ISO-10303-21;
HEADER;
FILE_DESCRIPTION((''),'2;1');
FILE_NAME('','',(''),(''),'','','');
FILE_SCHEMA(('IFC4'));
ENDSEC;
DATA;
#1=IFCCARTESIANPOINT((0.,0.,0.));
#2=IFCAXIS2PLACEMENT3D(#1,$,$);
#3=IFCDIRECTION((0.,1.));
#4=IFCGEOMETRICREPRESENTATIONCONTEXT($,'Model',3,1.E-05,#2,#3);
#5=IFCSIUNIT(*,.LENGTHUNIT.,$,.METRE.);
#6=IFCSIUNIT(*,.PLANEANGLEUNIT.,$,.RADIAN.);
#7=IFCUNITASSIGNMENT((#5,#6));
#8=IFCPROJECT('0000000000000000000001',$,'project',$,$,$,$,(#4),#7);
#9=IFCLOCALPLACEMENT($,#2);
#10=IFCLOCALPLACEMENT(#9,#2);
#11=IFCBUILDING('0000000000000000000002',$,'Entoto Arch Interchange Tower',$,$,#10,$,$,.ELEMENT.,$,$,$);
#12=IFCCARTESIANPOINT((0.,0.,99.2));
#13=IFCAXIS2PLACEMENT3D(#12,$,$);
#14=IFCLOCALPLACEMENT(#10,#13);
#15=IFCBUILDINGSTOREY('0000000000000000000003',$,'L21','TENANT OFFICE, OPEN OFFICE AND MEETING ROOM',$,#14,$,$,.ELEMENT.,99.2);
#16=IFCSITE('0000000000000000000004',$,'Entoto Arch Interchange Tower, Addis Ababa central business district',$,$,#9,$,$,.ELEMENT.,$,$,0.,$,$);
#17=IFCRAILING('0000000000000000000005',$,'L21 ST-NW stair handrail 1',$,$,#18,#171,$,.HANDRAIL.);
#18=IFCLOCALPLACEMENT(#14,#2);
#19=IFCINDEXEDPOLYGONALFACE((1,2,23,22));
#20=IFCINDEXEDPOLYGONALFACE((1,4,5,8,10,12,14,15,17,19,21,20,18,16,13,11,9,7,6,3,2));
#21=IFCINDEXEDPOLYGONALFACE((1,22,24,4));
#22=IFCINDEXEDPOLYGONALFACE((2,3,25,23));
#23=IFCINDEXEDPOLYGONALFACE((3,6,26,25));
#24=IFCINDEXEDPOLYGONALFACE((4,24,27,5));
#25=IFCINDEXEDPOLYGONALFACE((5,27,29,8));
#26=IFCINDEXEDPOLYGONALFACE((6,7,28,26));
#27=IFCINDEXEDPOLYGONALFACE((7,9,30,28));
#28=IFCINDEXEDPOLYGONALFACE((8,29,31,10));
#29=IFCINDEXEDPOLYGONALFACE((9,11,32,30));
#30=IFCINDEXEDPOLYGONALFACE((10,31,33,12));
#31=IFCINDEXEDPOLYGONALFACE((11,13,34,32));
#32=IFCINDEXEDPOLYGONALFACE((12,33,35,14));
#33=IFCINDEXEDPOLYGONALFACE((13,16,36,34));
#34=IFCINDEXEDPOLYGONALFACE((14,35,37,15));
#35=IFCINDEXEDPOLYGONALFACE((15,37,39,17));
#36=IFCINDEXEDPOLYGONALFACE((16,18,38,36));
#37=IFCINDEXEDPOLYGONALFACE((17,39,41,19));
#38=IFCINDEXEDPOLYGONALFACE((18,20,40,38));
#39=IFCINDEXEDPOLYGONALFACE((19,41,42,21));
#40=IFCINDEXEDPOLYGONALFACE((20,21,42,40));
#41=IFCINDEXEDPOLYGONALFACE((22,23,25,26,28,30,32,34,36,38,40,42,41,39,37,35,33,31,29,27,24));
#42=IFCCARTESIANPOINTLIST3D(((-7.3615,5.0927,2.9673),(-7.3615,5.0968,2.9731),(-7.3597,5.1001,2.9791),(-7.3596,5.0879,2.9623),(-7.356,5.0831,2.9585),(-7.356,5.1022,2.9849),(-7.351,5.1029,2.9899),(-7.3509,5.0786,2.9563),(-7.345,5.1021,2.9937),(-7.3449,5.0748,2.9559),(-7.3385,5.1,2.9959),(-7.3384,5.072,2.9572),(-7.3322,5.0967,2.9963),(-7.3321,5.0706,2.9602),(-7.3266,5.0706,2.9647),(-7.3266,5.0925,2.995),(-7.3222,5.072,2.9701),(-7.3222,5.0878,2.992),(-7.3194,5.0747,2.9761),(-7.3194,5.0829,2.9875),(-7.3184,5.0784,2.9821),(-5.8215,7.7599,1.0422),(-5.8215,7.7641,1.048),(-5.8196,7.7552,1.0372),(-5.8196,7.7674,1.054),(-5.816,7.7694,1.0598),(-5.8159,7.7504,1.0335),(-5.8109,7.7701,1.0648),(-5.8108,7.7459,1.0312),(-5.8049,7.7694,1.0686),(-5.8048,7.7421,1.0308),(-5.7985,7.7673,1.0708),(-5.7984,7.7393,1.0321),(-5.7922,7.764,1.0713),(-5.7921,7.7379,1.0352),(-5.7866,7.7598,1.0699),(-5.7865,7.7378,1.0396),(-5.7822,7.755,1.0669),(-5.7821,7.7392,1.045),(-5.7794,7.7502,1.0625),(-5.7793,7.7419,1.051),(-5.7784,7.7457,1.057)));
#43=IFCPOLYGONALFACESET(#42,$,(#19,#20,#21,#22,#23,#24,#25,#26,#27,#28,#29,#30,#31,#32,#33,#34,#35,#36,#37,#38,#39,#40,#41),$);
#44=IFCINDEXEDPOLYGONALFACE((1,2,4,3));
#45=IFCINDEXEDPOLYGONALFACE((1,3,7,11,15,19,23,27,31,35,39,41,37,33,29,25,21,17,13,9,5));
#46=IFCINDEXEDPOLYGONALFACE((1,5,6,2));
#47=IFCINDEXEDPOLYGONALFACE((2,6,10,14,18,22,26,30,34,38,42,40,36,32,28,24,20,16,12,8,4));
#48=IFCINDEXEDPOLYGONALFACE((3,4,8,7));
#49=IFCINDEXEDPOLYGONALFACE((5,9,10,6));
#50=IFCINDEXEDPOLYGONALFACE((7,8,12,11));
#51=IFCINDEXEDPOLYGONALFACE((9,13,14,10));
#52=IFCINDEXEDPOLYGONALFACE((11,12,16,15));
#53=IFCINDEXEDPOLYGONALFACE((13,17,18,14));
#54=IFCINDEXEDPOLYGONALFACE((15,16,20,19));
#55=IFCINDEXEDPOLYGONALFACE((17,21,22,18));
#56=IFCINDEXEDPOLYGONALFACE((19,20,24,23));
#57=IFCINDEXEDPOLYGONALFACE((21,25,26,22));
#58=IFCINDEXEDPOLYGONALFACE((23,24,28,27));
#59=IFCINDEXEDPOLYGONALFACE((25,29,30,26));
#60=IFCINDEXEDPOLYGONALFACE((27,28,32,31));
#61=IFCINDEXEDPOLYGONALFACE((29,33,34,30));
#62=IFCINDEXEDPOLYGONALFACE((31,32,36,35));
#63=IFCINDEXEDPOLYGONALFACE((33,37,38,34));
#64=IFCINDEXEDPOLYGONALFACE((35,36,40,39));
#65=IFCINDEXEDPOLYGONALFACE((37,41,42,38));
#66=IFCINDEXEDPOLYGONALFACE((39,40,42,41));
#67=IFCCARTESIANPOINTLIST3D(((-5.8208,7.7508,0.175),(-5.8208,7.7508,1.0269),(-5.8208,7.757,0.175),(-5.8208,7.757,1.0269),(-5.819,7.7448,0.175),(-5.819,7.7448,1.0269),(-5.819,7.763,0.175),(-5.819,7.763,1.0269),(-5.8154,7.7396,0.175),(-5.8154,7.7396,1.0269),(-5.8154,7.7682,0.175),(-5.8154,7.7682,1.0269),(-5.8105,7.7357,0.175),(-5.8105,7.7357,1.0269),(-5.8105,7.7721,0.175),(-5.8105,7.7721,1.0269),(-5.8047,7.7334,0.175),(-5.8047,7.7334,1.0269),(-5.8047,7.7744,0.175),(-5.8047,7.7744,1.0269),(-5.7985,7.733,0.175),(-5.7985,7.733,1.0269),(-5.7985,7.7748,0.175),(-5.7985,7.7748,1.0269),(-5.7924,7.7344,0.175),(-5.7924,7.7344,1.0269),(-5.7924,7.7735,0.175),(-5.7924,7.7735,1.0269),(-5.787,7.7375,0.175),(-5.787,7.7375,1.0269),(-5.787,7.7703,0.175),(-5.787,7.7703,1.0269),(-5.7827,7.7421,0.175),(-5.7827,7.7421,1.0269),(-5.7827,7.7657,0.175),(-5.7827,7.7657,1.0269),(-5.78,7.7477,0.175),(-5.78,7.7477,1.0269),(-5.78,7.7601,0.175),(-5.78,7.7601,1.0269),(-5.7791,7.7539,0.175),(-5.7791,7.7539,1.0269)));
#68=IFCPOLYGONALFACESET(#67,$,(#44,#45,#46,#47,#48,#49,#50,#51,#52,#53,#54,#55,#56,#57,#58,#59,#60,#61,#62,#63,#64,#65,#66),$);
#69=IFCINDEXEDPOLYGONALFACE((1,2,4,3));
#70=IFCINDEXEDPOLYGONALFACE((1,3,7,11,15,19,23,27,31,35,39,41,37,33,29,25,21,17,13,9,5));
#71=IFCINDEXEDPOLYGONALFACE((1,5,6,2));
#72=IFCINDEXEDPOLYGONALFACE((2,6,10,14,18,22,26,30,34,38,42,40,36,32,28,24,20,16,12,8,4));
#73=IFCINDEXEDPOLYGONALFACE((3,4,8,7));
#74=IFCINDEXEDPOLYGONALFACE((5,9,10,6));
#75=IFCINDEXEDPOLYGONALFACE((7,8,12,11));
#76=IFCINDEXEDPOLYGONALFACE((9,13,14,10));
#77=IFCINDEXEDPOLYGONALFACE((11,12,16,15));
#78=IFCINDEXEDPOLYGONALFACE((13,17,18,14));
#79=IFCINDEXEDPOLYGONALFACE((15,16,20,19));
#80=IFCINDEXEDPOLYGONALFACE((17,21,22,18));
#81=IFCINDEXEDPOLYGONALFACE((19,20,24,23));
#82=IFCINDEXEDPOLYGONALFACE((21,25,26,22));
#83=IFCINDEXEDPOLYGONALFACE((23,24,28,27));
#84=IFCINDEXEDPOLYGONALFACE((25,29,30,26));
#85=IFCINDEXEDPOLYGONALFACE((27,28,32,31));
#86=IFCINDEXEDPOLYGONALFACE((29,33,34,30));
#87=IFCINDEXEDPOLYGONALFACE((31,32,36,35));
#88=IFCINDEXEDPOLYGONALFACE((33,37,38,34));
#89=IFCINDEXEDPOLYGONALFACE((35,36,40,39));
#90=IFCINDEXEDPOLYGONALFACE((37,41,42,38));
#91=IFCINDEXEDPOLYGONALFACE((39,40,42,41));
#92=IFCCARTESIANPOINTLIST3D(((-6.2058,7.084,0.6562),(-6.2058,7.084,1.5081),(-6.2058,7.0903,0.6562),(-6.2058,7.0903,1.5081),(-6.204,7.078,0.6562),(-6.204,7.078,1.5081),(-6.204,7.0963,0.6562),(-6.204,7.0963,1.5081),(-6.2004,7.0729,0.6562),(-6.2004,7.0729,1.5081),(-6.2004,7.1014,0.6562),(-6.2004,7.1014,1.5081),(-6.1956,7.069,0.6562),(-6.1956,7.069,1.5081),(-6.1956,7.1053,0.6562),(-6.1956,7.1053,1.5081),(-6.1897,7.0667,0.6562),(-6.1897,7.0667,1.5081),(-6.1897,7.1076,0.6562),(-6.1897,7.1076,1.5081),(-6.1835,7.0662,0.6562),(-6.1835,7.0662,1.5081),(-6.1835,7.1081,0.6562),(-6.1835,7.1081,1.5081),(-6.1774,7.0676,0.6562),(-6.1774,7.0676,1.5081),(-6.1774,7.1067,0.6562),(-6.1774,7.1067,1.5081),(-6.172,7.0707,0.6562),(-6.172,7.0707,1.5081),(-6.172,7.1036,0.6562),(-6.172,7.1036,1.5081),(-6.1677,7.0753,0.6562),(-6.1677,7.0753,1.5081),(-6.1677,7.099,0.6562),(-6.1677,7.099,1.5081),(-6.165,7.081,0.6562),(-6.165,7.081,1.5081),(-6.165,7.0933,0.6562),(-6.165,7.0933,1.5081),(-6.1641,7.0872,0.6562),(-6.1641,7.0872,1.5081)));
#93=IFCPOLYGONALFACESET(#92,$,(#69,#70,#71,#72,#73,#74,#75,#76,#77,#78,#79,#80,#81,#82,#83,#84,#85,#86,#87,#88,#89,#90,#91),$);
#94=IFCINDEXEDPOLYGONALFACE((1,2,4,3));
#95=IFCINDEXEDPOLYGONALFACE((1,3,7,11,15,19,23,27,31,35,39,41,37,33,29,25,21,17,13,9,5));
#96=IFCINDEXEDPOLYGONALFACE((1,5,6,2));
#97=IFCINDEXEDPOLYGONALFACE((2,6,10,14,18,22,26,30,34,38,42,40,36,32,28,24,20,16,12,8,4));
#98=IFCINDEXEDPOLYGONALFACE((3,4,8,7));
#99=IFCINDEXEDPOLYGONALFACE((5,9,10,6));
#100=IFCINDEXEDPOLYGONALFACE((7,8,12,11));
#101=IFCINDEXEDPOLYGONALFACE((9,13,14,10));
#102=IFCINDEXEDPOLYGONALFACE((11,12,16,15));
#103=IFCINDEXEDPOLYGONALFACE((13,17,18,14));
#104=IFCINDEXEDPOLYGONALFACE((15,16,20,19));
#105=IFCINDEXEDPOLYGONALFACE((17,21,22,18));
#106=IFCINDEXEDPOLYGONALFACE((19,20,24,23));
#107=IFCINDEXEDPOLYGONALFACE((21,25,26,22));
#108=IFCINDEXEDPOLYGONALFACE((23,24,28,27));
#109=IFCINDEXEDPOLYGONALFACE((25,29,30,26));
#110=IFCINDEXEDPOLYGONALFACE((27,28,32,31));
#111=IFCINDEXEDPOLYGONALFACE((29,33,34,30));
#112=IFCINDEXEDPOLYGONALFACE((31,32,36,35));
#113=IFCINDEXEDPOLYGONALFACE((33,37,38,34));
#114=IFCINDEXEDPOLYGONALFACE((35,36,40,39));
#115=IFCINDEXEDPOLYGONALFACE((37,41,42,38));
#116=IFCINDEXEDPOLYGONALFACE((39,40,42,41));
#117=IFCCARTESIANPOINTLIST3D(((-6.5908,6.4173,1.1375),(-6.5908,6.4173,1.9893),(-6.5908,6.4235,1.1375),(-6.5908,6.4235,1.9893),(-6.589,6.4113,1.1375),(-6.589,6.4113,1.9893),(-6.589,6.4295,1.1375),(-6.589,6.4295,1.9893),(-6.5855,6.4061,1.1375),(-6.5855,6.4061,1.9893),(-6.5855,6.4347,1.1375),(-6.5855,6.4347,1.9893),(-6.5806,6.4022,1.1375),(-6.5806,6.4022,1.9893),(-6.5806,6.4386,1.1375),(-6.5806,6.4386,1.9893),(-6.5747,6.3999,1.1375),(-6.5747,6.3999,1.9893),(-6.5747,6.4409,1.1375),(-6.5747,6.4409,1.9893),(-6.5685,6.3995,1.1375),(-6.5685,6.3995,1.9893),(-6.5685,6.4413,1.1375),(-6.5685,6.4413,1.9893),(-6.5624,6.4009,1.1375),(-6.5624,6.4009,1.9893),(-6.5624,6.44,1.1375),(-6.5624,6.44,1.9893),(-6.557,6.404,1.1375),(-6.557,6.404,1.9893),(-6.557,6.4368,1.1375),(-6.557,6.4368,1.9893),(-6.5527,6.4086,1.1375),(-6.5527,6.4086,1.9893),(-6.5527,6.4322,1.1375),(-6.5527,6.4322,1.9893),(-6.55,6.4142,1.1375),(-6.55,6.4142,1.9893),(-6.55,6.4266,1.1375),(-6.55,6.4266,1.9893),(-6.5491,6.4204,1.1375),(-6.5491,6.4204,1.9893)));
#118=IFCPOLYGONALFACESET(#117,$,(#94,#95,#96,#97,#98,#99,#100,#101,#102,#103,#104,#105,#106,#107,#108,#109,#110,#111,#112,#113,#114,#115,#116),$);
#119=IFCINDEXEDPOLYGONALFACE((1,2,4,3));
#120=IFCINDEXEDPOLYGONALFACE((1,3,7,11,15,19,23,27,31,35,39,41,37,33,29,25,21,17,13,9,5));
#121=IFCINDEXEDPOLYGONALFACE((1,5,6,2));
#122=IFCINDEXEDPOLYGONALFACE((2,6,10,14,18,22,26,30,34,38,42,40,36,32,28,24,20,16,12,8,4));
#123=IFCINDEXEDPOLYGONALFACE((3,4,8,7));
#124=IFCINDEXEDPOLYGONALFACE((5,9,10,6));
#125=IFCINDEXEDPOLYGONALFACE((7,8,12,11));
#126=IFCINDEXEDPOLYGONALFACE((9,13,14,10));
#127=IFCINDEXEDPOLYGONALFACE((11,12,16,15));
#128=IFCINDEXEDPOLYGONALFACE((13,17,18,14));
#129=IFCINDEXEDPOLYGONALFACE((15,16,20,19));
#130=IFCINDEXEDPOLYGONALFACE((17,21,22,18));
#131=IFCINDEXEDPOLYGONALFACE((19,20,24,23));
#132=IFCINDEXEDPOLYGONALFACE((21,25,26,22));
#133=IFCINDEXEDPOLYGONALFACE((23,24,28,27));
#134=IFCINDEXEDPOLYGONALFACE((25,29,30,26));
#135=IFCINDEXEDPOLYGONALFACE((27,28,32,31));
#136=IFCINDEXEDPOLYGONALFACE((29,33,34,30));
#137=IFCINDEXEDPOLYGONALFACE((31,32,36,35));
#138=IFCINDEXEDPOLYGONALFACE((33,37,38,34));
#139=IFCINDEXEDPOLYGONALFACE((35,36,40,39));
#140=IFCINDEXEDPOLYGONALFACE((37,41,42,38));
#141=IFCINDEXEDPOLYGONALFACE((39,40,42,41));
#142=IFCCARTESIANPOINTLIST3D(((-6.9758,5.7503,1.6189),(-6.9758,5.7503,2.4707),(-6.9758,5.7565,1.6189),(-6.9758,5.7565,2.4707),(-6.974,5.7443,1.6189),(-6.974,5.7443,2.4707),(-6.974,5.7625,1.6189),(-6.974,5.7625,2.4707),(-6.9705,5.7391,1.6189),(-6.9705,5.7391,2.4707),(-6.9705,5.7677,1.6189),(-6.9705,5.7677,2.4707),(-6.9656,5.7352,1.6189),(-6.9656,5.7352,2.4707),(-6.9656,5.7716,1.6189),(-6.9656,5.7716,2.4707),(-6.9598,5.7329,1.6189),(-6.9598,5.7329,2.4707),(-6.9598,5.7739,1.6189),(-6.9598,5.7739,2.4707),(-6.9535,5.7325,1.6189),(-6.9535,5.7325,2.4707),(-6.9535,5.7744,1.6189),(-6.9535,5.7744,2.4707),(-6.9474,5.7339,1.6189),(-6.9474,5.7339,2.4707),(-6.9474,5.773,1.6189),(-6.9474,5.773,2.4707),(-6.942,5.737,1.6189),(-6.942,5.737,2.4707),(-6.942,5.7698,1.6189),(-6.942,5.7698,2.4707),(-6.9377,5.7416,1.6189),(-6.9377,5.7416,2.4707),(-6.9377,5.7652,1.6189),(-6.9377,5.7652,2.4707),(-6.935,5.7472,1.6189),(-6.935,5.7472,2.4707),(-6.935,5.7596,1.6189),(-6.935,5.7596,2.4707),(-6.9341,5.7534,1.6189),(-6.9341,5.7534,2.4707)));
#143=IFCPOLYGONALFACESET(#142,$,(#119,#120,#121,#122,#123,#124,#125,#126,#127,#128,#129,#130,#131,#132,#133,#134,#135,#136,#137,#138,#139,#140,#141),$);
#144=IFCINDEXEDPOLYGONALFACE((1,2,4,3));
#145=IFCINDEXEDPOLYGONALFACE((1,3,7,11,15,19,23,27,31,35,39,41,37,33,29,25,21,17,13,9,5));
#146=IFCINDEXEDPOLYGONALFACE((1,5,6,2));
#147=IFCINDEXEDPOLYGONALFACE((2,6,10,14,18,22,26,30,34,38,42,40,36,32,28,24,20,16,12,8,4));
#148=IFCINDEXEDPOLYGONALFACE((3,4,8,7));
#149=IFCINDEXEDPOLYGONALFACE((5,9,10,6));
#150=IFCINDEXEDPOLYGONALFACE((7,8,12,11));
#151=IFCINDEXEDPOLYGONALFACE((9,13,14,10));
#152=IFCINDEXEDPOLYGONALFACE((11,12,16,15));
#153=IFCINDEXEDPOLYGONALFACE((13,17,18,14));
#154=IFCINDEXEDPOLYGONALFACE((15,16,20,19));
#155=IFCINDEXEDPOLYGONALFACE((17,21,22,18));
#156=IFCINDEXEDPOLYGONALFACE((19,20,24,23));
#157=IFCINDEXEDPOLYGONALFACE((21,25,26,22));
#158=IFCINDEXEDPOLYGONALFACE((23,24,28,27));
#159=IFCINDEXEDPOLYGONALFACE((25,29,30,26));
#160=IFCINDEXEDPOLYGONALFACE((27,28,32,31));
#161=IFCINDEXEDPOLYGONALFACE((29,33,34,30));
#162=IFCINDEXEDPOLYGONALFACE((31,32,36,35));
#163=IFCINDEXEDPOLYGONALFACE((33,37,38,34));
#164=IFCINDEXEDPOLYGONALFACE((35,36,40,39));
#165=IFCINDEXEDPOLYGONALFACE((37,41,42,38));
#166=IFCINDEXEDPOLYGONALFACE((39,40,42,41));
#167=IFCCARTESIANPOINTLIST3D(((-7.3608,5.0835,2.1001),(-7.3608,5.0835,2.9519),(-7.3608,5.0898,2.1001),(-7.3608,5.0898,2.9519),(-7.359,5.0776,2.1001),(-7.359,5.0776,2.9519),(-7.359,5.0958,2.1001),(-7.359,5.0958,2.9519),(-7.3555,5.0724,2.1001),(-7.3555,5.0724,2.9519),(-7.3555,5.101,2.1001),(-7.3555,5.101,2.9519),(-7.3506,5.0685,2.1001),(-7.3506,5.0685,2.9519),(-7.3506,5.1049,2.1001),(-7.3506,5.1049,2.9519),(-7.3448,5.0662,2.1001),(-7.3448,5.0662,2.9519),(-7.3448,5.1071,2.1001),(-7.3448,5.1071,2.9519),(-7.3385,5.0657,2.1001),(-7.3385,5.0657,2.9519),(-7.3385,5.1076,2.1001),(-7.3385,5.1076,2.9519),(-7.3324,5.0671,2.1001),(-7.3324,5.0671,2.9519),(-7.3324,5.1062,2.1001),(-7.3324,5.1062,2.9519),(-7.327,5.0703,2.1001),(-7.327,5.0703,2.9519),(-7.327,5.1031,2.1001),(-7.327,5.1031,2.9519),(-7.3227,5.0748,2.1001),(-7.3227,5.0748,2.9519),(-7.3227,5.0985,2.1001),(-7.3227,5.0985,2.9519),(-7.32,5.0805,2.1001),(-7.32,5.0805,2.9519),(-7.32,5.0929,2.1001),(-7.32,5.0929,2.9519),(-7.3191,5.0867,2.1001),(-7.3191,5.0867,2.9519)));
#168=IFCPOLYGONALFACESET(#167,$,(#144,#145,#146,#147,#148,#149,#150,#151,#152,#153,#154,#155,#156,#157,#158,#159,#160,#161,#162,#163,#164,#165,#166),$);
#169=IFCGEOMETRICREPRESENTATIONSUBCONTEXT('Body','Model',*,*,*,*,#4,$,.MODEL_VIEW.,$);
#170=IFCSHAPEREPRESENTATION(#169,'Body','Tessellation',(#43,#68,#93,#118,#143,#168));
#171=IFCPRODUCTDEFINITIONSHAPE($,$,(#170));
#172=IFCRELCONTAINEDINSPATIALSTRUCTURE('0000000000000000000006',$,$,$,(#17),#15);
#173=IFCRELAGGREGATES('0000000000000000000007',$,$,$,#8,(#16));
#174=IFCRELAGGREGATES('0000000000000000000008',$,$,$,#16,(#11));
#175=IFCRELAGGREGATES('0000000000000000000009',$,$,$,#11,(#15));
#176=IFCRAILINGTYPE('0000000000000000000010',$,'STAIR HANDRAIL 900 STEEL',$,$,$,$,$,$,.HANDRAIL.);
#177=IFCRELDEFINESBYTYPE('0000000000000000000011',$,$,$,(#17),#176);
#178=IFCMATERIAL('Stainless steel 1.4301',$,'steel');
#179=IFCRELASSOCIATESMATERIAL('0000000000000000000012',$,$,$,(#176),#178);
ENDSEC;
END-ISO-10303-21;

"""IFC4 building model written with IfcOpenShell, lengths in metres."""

from ifc_helpers import new_model, si_unit, direction, frame, origin, origin_2d, place, context, subcontext, project, spatial, circle, extrude, material, type_object, element, save


model = new_model("IFC4")

# Units and contexts
model_context = context("Model", 3, precision=1e-05, world=origin(), true_north=direction((0.0, 1.0)))
body_context = subcontext(model_context, "Body", "Model", "MODEL_VIEW")
ifc_project = project(units=[si_unit("LENGTHUNIT", "METRE"), si_unit("PLANEANGLEUNIT", "RADIAN")], contexts=[model_context])

# Site, building, storey
site_placement = place(None, origin())
site = spatial("IfcSite", under=ifc_project, at=site_placement, Name="Entoto Arch Interchange Tower, Addis Ababa central business district", CompositionType="ELEMENT", RefElevation=0.0)
building_placement = place(site_placement, origin())
building = spatial("IfcBuilding", under=site, at=building_placement, Name="Entoto Arch Interchange Tower", CompositionType="ELEMENT")
storey_placement = place(building_placement, frame((0.0, 0.0, 99.2)))
storey = spatial("IfcBuildingStorey", under=building, at=storey_placement, Name="L21", Description="TENANT OFFICE, OPEN OFFICE AND MEETING ROOM", CompositionType="ELEMENT", Elevation=99.2)

# Railing
ifc_material_1 = material(Name="Stainless steel 1.4301", Category="steel")
railing_type_1 = type_object("IfcRailingType", Name="STAIR HANDRAIL 900 STEEL", PredefinedType="HANDRAIL", material=ifc_material_1)
railing_1_placement = place(storey_placement, frame((-5.8, 7.7539, 0.175)))
element("IfcRailing", 1, at=railing_1_placement, inside=storey, type_object=railing_type_1, Name="L21 ST-NW stair handrail 1", PredefinedType="HANDRAIL", context=body_context, shape_type="SweptSolid", body=[
    extrude(circle(Radius=0.0239, at=origin_2d()), frame((0.0, 0.0, 0.876), z_axis=(-0.424015, -0.734364, 0.530019), x_axis=(0.86601, -0.500027, 0.0)), (0.0, 0.0, 1.0), 3.6321),
    extrude(circle(Radius=0.021, at=origin_2d()), origin(), (0.0, 0.0, 1.0), 0.8518),
    extrude(circle(Radius=0.021, at=origin_2d()), frame((-0.385, -0.6667, 0.4812)), (0.0, 0.0, 1.0), 0.8518),
    extrude(circle(Radius=0.021, at=origin_2d()), frame((-0.77, -1.3335, 0.9624)), (0.0, 0.0, 1.0), 0.8518),
    extrude(circle(Radius=0.021, at=origin_2d()), frame((-1.155, -2.0005, 1.4438)), (0.0, 0.0, 1.0), 0.8518),
    extrude(circle(Radius=0.021, at=origin_2d()), frame((-1.54, -2.6672, 1.925)), (0.0, 0.0, 1.0), 0.8518),
])

save(model, "model.ifc")
